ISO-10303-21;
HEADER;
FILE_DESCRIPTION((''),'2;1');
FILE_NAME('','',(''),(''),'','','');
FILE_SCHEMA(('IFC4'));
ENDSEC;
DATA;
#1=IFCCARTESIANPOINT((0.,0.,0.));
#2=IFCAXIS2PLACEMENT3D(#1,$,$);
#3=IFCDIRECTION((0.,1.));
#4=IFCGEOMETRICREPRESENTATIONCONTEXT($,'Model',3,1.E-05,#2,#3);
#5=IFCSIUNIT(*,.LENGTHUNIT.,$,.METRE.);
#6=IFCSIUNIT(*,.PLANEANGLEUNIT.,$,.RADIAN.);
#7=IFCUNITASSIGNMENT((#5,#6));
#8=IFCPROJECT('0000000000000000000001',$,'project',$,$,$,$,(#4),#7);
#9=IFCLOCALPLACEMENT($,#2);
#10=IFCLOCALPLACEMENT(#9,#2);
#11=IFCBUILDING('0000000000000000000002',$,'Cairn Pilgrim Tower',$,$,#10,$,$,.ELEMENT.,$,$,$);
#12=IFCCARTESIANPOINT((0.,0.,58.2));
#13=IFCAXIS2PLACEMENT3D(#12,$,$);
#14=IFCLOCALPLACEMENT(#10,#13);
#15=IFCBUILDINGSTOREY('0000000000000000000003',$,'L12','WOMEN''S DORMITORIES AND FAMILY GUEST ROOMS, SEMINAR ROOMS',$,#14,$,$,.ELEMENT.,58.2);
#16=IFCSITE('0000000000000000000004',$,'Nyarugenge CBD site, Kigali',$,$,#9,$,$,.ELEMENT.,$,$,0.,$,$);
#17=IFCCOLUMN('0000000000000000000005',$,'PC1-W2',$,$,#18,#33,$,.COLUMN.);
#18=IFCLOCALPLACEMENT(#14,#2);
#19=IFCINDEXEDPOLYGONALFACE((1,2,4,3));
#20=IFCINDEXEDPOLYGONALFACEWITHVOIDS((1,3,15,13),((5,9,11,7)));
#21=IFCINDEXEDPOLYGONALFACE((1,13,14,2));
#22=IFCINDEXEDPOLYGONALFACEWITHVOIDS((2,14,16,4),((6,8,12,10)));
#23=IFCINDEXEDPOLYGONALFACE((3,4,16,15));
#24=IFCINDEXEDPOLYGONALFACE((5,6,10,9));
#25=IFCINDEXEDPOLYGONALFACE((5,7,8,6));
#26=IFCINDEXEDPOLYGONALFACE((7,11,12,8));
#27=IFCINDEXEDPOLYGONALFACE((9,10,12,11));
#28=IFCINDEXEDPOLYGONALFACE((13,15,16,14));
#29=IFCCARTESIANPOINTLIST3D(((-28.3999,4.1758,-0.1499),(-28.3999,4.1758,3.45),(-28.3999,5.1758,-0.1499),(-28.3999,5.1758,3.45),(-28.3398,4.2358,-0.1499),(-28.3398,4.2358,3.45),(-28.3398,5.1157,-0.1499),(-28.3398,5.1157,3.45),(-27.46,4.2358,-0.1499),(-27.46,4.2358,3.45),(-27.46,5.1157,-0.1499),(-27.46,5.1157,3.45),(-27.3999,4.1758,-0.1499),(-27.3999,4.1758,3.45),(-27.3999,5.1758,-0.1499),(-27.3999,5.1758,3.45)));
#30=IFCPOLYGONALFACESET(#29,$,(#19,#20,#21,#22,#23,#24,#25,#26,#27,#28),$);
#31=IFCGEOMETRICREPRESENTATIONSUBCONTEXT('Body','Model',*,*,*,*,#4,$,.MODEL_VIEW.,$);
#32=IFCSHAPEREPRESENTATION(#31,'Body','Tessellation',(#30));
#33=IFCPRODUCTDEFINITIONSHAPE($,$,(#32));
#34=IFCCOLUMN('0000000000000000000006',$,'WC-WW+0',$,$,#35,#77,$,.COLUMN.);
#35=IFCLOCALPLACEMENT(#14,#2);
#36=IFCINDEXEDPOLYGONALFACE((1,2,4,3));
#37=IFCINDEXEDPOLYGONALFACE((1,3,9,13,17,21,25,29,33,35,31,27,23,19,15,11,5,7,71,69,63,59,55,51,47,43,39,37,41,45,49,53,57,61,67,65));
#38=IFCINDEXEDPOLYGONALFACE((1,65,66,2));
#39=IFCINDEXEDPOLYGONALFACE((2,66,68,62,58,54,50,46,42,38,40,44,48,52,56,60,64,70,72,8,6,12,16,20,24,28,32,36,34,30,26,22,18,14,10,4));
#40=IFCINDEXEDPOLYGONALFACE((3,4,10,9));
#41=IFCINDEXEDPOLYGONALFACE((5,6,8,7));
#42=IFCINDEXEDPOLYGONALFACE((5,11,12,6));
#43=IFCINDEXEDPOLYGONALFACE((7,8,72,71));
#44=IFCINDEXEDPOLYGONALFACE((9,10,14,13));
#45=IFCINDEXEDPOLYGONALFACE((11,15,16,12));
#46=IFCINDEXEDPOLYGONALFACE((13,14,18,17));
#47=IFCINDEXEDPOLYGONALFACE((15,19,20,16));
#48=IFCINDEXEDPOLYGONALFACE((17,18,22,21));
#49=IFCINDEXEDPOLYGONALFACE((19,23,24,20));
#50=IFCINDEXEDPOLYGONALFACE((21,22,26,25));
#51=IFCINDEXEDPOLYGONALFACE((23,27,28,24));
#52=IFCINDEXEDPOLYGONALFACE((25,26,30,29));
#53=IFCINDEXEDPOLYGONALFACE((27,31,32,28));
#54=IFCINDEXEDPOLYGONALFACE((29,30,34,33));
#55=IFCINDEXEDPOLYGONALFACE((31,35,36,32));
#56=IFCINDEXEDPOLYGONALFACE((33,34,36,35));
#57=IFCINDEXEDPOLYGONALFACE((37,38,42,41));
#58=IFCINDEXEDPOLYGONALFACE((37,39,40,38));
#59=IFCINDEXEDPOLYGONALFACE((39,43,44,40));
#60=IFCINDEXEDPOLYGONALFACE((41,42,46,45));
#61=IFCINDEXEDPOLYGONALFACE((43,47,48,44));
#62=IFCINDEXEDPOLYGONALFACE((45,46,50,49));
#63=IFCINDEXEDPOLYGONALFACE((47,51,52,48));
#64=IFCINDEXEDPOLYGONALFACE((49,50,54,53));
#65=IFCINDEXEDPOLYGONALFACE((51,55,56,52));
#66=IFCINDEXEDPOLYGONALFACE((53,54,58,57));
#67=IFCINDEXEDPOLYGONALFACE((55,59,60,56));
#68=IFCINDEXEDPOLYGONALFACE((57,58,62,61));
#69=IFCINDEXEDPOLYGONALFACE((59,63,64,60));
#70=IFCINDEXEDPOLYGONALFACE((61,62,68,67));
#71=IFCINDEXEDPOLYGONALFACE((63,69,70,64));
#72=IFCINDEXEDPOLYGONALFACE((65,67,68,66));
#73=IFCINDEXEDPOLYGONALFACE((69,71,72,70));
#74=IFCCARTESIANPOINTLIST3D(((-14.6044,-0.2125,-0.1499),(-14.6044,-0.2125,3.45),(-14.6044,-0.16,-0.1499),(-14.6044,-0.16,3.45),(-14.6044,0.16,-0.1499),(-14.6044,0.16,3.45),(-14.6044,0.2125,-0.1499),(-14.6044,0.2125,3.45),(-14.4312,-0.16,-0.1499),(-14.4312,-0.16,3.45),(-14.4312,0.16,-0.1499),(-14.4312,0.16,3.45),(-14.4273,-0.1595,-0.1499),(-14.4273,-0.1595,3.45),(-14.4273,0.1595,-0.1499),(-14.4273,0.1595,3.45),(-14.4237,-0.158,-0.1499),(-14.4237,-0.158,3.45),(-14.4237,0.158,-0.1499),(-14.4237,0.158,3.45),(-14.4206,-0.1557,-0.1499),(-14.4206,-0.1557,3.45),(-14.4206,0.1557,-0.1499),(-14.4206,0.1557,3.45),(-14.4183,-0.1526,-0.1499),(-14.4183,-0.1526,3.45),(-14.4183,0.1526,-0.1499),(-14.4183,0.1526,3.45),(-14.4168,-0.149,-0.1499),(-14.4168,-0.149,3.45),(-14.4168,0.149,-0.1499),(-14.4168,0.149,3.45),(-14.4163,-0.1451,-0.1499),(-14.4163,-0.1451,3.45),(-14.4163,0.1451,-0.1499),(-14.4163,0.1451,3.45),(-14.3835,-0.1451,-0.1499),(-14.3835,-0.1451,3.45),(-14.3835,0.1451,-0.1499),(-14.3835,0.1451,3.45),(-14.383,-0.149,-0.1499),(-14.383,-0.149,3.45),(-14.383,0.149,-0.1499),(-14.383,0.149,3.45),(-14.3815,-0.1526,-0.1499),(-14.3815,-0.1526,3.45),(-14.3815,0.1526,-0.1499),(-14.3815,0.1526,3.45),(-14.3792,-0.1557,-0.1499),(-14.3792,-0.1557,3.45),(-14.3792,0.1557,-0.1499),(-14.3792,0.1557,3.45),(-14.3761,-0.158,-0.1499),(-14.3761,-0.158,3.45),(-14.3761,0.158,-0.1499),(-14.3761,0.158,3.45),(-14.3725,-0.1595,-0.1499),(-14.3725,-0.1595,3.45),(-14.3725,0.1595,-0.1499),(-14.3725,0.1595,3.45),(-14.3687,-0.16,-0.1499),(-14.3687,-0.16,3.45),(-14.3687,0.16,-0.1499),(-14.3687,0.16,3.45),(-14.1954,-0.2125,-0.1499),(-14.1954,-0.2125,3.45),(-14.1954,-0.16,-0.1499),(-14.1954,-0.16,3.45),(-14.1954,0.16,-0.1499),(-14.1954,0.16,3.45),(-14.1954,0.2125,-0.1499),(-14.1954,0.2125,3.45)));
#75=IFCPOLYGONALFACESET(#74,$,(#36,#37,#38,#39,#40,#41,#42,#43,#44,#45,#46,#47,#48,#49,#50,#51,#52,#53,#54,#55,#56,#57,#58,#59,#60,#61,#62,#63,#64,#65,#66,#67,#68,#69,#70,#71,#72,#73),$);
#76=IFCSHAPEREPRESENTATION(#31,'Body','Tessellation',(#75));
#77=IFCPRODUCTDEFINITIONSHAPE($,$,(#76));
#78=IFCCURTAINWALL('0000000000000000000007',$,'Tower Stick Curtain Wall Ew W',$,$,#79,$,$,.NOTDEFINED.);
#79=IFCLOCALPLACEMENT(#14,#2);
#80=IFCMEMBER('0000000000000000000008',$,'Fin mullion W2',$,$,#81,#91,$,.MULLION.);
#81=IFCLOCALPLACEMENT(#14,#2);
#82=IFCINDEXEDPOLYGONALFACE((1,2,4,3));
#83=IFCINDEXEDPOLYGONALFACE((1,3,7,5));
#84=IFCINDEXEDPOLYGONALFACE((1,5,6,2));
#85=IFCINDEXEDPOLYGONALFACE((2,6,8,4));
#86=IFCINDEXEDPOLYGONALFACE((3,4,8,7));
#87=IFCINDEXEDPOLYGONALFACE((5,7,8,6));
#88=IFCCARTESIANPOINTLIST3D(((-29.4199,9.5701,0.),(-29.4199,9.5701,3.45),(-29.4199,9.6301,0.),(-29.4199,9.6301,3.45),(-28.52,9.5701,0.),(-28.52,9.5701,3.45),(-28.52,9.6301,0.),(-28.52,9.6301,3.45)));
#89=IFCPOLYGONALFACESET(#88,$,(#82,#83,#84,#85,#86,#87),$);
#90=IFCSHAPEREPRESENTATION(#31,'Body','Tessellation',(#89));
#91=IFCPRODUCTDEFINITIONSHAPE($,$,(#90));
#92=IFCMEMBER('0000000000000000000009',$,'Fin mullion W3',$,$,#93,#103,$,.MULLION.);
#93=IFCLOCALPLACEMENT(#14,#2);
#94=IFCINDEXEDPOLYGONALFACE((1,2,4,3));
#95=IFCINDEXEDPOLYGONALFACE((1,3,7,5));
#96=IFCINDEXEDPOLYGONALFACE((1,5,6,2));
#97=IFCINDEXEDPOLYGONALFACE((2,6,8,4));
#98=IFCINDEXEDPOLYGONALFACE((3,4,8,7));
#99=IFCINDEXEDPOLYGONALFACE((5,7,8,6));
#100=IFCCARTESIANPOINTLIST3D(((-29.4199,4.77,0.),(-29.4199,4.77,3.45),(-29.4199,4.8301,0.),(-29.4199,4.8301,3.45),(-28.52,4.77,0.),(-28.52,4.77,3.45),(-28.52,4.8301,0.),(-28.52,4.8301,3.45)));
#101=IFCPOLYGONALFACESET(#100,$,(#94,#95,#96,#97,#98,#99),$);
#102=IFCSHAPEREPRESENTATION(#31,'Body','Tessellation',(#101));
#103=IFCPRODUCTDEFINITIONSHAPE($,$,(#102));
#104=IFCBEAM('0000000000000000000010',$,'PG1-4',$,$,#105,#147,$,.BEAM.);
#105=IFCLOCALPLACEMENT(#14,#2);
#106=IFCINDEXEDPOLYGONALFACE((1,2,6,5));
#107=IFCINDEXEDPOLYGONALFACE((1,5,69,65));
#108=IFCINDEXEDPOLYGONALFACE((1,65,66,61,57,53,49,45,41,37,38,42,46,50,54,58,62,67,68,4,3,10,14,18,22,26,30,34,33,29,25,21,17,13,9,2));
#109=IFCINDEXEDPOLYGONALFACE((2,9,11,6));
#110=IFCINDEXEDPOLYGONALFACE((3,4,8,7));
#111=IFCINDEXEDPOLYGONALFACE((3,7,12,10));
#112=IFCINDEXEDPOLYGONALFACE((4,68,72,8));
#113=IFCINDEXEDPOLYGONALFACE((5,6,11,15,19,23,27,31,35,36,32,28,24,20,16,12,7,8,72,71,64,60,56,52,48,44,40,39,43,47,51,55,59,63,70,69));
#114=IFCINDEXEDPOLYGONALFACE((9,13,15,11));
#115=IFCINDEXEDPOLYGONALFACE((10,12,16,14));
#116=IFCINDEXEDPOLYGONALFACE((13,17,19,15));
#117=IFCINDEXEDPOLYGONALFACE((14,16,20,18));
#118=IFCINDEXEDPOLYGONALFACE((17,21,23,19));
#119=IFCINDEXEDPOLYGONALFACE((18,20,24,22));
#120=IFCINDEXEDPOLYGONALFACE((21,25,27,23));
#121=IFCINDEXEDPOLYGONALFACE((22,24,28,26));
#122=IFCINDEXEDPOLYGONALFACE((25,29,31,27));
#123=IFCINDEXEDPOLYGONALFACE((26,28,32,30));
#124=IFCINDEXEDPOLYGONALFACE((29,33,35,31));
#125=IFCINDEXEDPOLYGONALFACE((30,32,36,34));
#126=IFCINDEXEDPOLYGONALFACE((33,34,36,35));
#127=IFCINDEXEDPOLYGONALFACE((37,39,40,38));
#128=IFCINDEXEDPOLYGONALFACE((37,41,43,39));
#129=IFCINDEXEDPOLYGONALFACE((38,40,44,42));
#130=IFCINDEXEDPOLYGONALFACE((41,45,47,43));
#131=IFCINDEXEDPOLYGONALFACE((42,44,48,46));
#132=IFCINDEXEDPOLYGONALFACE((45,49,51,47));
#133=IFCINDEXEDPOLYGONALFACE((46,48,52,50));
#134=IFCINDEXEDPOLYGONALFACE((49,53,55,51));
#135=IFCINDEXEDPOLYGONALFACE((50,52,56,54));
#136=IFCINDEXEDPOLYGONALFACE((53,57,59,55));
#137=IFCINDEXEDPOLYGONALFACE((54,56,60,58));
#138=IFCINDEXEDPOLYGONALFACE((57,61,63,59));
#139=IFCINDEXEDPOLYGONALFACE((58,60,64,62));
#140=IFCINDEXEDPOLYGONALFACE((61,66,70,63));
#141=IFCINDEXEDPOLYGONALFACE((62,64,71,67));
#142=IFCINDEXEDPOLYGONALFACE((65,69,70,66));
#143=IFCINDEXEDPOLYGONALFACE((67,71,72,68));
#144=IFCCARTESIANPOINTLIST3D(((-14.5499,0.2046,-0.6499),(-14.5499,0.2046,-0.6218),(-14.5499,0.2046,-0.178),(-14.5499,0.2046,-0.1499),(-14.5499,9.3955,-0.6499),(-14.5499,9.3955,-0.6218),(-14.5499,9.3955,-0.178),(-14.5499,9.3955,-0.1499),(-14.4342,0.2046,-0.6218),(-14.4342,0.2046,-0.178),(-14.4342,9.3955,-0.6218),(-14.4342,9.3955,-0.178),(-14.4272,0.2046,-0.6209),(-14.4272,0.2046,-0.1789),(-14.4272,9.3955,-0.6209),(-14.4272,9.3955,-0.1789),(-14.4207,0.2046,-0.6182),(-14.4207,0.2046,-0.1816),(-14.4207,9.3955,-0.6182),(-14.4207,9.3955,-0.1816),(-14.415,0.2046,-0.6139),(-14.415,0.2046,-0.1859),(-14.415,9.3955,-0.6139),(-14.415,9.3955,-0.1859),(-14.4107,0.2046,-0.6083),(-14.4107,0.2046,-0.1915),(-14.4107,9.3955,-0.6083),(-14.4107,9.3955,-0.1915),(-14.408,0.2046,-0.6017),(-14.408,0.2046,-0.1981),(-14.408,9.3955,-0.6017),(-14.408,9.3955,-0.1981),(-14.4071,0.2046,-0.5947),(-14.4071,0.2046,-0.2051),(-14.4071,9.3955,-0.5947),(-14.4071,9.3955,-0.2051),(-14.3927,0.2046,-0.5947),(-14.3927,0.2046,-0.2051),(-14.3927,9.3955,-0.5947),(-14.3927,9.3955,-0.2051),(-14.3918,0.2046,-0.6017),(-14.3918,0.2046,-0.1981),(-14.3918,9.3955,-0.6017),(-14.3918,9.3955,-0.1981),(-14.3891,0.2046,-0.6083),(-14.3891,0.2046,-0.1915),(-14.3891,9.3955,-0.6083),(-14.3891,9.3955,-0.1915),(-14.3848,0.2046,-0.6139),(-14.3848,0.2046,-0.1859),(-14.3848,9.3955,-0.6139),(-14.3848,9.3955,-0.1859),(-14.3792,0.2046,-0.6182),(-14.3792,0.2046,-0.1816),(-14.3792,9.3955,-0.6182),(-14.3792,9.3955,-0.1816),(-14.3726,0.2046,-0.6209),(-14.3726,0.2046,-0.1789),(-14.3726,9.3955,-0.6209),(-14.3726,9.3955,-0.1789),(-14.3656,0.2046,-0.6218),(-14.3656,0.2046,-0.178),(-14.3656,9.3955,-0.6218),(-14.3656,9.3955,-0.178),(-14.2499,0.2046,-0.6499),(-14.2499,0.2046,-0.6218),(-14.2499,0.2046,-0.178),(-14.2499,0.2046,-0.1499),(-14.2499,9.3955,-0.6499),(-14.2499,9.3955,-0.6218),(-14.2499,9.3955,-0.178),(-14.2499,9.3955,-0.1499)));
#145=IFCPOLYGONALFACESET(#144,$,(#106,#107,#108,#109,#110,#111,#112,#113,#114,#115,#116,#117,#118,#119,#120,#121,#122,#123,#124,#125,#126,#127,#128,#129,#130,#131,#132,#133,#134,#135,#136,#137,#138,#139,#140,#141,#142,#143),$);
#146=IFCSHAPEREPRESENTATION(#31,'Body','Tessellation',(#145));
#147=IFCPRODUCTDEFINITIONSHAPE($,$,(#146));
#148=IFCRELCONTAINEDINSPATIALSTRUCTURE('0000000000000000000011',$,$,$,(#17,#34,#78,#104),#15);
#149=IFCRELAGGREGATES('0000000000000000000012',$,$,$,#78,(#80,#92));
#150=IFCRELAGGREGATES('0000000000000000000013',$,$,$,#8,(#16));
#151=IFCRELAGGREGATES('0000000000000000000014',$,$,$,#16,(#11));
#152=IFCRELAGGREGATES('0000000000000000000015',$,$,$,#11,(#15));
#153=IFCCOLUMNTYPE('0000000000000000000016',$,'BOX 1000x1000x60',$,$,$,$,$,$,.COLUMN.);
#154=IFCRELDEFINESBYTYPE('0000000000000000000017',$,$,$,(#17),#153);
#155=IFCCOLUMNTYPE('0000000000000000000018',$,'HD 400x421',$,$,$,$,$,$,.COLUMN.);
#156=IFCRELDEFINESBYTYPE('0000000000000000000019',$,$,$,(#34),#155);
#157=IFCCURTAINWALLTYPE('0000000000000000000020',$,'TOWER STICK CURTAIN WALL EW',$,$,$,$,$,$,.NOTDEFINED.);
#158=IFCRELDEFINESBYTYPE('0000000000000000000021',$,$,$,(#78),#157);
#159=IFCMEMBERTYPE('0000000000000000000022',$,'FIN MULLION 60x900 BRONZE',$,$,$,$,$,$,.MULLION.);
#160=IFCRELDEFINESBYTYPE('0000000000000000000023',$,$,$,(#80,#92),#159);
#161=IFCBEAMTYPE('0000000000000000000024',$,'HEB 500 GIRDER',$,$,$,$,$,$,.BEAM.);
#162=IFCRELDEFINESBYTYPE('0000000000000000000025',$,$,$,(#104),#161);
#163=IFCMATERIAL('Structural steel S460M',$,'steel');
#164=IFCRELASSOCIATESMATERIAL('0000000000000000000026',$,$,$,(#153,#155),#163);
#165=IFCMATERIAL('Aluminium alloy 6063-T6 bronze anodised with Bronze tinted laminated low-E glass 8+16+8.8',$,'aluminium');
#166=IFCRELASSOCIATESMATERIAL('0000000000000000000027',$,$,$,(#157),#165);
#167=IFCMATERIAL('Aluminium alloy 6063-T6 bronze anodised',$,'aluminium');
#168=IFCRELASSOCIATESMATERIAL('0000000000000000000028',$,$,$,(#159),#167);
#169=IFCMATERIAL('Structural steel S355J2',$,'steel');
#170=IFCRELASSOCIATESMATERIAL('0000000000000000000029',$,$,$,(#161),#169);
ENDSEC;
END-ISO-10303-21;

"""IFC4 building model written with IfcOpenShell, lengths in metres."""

from ifc_helpers import new_model, si_unit, direction, frame, origin, origin_2d, place, context, subcontext, project, spatial, rectangle, hollow_rectangle, i_section, extrude, material, material_profile, profile_set, type_object, element, aggregate, save


model = new_model("IFC4")

# Units and contexts
model_context = context("Model", 3, precision=1e-05, world=origin(), true_north=direction((0.0, 1.0)))
body_context = subcontext(model_context, "Body", "Model", "MODEL_VIEW")
ifc_project = project(units=[si_unit("LENGTHUNIT", "METRE"), si_unit("PLANEANGLEUNIT", "RADIAN")], contexts=[model_context])

# Site, building, storey
site_placement = place(None, origin())
site = spatial("IfcSite", under=ifc_project, at=site_placement, Name="Nyarugenge CBD site, Kigali", CompositionType="ELEMENT", RefElevation=0.0)
building_placement = place(site_placement, origin())
building = spatial("IfcBuilding", under=site, at=building_placement, Name="Cairn Pilgrim Tower", CompositionType="ELEMENT")
storey_placement = place(building_placement, frame((0.0, 0.0, 58.2)))
storey = spatial("IfcBuildingStorey", under=building, at=storey_placement, Name="L12", Description="WOMEN'S DORMITORIES AND FAMILY GUEST ROOMS, SEMINAR ROOMS", CompositionType="ELEMENT", Elevation=58.2)

# Columns
ifc_material_1 = material(Name="Structural steel S460M", Category="steel")
ifc_material_profile_1 = material_profile(ifc_material_1, hollow_rectangle(XDim=1.0, YDim=1.0, WallThickness=0.0601, at=origin_2d()), Name="BOX 1000x1000x60")
ifc_profile_set_1 = profile_set([ifc_material_profile_1], Name="Structural steel S460M")
column_type_1 = type_object("IfcColumnType", Name="BOX 1000x1000x60", PredefinedType="COLUMN", material=ifc_profile_set_1)
column_1_placement = place(storey_placement, frame((-27.8999, 4.6758, -0.1499), z_axis=(0.0, 0.0, 1.0), x_axis=(1.0, 0.0, 0.0)))
element("IfcColumn", 1, at=column_1_placement, inside=storey, type_object=column_type_1, Name="PC1-W2", PredefinedType="COLUMN", context=body_context, shape_type="SweptSolid", body=[
    extrude(hollow_rectangle(XDim=1.0, YDim=1.0, WallThickness=0.0601, at=origin_2d()), origin(), (0.0, 0.0, 1.0), 3.5999),
])
ifc_material_profile_2 = material_profile(ifc_material_1, i_section(OverallWidth=0.4089, OverallDepth=0.425, WebThickness=0.0327, FlangeThickness=0.0525, FilletRadius=0.0149, at=origin_2d()), Name="HD 400x421")
ifc_profile_set_2 = profile_set([ifc_material_profile_2], Name="Structural steel S460M")
column_type_2 = type_object("IfcColumnType", Name="HD 400x421", PredefinedType="COLUMN", material=ifc_profile_set_2)
column_2_placement = place(storey_placement, frame((-14.3999, 0.0, -0.1499), z_axis=(0.0, 0.0, 1.0), x_axis=(1.0, 0.0, 0.0)))
element("IfcColumn", 2, at=column_2_placement, inside=storey, type_object=column_type_2, Name="WC-WW+0", PredefinedType="COLUMN", context=body_context, shape_type="SweptSolid", body=[
    extrude(i_section(OverallWidth=0.4089, OverallDepth=0.425, WebThickness=0.0327, FlangeThickness=0.0525, FilletRadius=0.0149, at=origin_2d()), origin(), (0.0, 0.0, 1.0), 3.5999),
])

# Curtain wall, members
ifc_material_2 = material(Name="Aluminium alloy 6063-T6 bronze anodised with Bronze tinted laminated low-E glass 8+16+8.8", Category="aluminium")
curtain_wall_type = type_object("IfcCurtainWallType", Name="TOWER STICK CURTAIN WALL EW", PredefinedType="NOTDEFINED", material=ifc_material_2)
curtain_wall_placement = place(storey_placement, origin())
curtain_wall = element("IfcCurtainWall", 3, at=curtain_wall_placement, inside=storey, type_object=curtain_wall_type, Name="Tower Stick Curtain Wall Ew W", PredefinedType="NOTDEFINED")
ifc_material_3 = material(Name="Aluminium alloy 6063-T6 bronze anodised", Category="aluminium")
ifc_material_profile_3 = material_profile(ifc_material_3, rectangle(XDim=0.8999, YDim=0.0601, at=origin_2d()), Name="FIN MULLION 60x900 BRONZE")
ifc_profile_set_3 = profile_set([ifc_material_profile_3], Name="Aluminium alloy 6063-T6 bronze anodised")
member_type_1 = type_object("IfcMemberType", Name="FIN MULLION 60x900 BRONZE", PredefinedType="MULLION", material=ifc_profile_set_3)
member_1_placement = place(storey_placement, frame((-28.97, 9.6001, 0.0), z_axis=(0.0, 0.0, 1.0), x_axis=(-1.0, 0.0, 0.0)))
member_1 = element("IfcMember", 4, at=member_1_placement, type_object=member_type_1, Name="Fin mullion W2", PredefinedType="MULLION", context=body_context, shape_type="SweptSolid", body=[
    extrude(rectangle(XDim=0.8999, YDim=0.0601, at=origin_2d()), origin(), (0.0, 0.0, 1.0), 3.45),
])
member_2_placement = place(storey_placement, frame((-28.97, 4.8, 0.0), z_axis=(0.0, 0.0, 1.0), x_axis=(-1.0, 0.0, 0.0)))
member_2 = element("IfcMember", 5, at=member_2_placement, type_object=member_type_1, Name="Fin mullion W3", PredefinedType="MULLION", context=body_context, shape_type="SweptSolid", body=[
    extrude(rectangle(XDim=0.8999, YDim=0.0601, at=origin_2d()), origin(), (0.0, 0.0, 1.0), 3.45),
])

# Beam
ifc_material_4 = material(Name="Structural steel S355J2", Category="steel")
ifc_material_profile_4 = material_profile(ifc_material_4, i_section(OverallWidth=0.3, OverallDepth=0.5, WebThickness=0.0144, FlangeThickness=0.0281, FilletRadius=0.0271, at=origin_2d()), Name="HEB 500")
ifc_profile_set_4 = profile_set([ifc_material_profile_4], Name="Structural steel S355J2")
beam_type_1 = type_object("IfcBeamType", Name="HEB 500 GIRDER", PredefinedType="BEAM", material=ifc_profile_set_4)
beam_1_placement = place(storey_placement, frame((-14.3999, 0.2046, -0.3999), z_axis=(0.0, 1.0, 0.0), x_axis=(-1.0, 0.0, 0.0)))
element("IfcBeam", 6, at=beam_1_placement, inside=storey, type_object=beam_type_1, Name="PG1-4", PredefinedType="BEAM", context=body_context, shape_type="SweptSolid", body=[
    extrude(i_section(OverallWidth=0.3, OverallDepth=0.5, WebThickness=0.0144, FlangeThickness=0.0281, FilletRadius=0.0271, at=origin_2d()), origin(), (0.0, 0.0, 1.0), 9.1909),
])

aggregate(curtain_wall, [member_1, member_2])

save(model, "model.ifc")
